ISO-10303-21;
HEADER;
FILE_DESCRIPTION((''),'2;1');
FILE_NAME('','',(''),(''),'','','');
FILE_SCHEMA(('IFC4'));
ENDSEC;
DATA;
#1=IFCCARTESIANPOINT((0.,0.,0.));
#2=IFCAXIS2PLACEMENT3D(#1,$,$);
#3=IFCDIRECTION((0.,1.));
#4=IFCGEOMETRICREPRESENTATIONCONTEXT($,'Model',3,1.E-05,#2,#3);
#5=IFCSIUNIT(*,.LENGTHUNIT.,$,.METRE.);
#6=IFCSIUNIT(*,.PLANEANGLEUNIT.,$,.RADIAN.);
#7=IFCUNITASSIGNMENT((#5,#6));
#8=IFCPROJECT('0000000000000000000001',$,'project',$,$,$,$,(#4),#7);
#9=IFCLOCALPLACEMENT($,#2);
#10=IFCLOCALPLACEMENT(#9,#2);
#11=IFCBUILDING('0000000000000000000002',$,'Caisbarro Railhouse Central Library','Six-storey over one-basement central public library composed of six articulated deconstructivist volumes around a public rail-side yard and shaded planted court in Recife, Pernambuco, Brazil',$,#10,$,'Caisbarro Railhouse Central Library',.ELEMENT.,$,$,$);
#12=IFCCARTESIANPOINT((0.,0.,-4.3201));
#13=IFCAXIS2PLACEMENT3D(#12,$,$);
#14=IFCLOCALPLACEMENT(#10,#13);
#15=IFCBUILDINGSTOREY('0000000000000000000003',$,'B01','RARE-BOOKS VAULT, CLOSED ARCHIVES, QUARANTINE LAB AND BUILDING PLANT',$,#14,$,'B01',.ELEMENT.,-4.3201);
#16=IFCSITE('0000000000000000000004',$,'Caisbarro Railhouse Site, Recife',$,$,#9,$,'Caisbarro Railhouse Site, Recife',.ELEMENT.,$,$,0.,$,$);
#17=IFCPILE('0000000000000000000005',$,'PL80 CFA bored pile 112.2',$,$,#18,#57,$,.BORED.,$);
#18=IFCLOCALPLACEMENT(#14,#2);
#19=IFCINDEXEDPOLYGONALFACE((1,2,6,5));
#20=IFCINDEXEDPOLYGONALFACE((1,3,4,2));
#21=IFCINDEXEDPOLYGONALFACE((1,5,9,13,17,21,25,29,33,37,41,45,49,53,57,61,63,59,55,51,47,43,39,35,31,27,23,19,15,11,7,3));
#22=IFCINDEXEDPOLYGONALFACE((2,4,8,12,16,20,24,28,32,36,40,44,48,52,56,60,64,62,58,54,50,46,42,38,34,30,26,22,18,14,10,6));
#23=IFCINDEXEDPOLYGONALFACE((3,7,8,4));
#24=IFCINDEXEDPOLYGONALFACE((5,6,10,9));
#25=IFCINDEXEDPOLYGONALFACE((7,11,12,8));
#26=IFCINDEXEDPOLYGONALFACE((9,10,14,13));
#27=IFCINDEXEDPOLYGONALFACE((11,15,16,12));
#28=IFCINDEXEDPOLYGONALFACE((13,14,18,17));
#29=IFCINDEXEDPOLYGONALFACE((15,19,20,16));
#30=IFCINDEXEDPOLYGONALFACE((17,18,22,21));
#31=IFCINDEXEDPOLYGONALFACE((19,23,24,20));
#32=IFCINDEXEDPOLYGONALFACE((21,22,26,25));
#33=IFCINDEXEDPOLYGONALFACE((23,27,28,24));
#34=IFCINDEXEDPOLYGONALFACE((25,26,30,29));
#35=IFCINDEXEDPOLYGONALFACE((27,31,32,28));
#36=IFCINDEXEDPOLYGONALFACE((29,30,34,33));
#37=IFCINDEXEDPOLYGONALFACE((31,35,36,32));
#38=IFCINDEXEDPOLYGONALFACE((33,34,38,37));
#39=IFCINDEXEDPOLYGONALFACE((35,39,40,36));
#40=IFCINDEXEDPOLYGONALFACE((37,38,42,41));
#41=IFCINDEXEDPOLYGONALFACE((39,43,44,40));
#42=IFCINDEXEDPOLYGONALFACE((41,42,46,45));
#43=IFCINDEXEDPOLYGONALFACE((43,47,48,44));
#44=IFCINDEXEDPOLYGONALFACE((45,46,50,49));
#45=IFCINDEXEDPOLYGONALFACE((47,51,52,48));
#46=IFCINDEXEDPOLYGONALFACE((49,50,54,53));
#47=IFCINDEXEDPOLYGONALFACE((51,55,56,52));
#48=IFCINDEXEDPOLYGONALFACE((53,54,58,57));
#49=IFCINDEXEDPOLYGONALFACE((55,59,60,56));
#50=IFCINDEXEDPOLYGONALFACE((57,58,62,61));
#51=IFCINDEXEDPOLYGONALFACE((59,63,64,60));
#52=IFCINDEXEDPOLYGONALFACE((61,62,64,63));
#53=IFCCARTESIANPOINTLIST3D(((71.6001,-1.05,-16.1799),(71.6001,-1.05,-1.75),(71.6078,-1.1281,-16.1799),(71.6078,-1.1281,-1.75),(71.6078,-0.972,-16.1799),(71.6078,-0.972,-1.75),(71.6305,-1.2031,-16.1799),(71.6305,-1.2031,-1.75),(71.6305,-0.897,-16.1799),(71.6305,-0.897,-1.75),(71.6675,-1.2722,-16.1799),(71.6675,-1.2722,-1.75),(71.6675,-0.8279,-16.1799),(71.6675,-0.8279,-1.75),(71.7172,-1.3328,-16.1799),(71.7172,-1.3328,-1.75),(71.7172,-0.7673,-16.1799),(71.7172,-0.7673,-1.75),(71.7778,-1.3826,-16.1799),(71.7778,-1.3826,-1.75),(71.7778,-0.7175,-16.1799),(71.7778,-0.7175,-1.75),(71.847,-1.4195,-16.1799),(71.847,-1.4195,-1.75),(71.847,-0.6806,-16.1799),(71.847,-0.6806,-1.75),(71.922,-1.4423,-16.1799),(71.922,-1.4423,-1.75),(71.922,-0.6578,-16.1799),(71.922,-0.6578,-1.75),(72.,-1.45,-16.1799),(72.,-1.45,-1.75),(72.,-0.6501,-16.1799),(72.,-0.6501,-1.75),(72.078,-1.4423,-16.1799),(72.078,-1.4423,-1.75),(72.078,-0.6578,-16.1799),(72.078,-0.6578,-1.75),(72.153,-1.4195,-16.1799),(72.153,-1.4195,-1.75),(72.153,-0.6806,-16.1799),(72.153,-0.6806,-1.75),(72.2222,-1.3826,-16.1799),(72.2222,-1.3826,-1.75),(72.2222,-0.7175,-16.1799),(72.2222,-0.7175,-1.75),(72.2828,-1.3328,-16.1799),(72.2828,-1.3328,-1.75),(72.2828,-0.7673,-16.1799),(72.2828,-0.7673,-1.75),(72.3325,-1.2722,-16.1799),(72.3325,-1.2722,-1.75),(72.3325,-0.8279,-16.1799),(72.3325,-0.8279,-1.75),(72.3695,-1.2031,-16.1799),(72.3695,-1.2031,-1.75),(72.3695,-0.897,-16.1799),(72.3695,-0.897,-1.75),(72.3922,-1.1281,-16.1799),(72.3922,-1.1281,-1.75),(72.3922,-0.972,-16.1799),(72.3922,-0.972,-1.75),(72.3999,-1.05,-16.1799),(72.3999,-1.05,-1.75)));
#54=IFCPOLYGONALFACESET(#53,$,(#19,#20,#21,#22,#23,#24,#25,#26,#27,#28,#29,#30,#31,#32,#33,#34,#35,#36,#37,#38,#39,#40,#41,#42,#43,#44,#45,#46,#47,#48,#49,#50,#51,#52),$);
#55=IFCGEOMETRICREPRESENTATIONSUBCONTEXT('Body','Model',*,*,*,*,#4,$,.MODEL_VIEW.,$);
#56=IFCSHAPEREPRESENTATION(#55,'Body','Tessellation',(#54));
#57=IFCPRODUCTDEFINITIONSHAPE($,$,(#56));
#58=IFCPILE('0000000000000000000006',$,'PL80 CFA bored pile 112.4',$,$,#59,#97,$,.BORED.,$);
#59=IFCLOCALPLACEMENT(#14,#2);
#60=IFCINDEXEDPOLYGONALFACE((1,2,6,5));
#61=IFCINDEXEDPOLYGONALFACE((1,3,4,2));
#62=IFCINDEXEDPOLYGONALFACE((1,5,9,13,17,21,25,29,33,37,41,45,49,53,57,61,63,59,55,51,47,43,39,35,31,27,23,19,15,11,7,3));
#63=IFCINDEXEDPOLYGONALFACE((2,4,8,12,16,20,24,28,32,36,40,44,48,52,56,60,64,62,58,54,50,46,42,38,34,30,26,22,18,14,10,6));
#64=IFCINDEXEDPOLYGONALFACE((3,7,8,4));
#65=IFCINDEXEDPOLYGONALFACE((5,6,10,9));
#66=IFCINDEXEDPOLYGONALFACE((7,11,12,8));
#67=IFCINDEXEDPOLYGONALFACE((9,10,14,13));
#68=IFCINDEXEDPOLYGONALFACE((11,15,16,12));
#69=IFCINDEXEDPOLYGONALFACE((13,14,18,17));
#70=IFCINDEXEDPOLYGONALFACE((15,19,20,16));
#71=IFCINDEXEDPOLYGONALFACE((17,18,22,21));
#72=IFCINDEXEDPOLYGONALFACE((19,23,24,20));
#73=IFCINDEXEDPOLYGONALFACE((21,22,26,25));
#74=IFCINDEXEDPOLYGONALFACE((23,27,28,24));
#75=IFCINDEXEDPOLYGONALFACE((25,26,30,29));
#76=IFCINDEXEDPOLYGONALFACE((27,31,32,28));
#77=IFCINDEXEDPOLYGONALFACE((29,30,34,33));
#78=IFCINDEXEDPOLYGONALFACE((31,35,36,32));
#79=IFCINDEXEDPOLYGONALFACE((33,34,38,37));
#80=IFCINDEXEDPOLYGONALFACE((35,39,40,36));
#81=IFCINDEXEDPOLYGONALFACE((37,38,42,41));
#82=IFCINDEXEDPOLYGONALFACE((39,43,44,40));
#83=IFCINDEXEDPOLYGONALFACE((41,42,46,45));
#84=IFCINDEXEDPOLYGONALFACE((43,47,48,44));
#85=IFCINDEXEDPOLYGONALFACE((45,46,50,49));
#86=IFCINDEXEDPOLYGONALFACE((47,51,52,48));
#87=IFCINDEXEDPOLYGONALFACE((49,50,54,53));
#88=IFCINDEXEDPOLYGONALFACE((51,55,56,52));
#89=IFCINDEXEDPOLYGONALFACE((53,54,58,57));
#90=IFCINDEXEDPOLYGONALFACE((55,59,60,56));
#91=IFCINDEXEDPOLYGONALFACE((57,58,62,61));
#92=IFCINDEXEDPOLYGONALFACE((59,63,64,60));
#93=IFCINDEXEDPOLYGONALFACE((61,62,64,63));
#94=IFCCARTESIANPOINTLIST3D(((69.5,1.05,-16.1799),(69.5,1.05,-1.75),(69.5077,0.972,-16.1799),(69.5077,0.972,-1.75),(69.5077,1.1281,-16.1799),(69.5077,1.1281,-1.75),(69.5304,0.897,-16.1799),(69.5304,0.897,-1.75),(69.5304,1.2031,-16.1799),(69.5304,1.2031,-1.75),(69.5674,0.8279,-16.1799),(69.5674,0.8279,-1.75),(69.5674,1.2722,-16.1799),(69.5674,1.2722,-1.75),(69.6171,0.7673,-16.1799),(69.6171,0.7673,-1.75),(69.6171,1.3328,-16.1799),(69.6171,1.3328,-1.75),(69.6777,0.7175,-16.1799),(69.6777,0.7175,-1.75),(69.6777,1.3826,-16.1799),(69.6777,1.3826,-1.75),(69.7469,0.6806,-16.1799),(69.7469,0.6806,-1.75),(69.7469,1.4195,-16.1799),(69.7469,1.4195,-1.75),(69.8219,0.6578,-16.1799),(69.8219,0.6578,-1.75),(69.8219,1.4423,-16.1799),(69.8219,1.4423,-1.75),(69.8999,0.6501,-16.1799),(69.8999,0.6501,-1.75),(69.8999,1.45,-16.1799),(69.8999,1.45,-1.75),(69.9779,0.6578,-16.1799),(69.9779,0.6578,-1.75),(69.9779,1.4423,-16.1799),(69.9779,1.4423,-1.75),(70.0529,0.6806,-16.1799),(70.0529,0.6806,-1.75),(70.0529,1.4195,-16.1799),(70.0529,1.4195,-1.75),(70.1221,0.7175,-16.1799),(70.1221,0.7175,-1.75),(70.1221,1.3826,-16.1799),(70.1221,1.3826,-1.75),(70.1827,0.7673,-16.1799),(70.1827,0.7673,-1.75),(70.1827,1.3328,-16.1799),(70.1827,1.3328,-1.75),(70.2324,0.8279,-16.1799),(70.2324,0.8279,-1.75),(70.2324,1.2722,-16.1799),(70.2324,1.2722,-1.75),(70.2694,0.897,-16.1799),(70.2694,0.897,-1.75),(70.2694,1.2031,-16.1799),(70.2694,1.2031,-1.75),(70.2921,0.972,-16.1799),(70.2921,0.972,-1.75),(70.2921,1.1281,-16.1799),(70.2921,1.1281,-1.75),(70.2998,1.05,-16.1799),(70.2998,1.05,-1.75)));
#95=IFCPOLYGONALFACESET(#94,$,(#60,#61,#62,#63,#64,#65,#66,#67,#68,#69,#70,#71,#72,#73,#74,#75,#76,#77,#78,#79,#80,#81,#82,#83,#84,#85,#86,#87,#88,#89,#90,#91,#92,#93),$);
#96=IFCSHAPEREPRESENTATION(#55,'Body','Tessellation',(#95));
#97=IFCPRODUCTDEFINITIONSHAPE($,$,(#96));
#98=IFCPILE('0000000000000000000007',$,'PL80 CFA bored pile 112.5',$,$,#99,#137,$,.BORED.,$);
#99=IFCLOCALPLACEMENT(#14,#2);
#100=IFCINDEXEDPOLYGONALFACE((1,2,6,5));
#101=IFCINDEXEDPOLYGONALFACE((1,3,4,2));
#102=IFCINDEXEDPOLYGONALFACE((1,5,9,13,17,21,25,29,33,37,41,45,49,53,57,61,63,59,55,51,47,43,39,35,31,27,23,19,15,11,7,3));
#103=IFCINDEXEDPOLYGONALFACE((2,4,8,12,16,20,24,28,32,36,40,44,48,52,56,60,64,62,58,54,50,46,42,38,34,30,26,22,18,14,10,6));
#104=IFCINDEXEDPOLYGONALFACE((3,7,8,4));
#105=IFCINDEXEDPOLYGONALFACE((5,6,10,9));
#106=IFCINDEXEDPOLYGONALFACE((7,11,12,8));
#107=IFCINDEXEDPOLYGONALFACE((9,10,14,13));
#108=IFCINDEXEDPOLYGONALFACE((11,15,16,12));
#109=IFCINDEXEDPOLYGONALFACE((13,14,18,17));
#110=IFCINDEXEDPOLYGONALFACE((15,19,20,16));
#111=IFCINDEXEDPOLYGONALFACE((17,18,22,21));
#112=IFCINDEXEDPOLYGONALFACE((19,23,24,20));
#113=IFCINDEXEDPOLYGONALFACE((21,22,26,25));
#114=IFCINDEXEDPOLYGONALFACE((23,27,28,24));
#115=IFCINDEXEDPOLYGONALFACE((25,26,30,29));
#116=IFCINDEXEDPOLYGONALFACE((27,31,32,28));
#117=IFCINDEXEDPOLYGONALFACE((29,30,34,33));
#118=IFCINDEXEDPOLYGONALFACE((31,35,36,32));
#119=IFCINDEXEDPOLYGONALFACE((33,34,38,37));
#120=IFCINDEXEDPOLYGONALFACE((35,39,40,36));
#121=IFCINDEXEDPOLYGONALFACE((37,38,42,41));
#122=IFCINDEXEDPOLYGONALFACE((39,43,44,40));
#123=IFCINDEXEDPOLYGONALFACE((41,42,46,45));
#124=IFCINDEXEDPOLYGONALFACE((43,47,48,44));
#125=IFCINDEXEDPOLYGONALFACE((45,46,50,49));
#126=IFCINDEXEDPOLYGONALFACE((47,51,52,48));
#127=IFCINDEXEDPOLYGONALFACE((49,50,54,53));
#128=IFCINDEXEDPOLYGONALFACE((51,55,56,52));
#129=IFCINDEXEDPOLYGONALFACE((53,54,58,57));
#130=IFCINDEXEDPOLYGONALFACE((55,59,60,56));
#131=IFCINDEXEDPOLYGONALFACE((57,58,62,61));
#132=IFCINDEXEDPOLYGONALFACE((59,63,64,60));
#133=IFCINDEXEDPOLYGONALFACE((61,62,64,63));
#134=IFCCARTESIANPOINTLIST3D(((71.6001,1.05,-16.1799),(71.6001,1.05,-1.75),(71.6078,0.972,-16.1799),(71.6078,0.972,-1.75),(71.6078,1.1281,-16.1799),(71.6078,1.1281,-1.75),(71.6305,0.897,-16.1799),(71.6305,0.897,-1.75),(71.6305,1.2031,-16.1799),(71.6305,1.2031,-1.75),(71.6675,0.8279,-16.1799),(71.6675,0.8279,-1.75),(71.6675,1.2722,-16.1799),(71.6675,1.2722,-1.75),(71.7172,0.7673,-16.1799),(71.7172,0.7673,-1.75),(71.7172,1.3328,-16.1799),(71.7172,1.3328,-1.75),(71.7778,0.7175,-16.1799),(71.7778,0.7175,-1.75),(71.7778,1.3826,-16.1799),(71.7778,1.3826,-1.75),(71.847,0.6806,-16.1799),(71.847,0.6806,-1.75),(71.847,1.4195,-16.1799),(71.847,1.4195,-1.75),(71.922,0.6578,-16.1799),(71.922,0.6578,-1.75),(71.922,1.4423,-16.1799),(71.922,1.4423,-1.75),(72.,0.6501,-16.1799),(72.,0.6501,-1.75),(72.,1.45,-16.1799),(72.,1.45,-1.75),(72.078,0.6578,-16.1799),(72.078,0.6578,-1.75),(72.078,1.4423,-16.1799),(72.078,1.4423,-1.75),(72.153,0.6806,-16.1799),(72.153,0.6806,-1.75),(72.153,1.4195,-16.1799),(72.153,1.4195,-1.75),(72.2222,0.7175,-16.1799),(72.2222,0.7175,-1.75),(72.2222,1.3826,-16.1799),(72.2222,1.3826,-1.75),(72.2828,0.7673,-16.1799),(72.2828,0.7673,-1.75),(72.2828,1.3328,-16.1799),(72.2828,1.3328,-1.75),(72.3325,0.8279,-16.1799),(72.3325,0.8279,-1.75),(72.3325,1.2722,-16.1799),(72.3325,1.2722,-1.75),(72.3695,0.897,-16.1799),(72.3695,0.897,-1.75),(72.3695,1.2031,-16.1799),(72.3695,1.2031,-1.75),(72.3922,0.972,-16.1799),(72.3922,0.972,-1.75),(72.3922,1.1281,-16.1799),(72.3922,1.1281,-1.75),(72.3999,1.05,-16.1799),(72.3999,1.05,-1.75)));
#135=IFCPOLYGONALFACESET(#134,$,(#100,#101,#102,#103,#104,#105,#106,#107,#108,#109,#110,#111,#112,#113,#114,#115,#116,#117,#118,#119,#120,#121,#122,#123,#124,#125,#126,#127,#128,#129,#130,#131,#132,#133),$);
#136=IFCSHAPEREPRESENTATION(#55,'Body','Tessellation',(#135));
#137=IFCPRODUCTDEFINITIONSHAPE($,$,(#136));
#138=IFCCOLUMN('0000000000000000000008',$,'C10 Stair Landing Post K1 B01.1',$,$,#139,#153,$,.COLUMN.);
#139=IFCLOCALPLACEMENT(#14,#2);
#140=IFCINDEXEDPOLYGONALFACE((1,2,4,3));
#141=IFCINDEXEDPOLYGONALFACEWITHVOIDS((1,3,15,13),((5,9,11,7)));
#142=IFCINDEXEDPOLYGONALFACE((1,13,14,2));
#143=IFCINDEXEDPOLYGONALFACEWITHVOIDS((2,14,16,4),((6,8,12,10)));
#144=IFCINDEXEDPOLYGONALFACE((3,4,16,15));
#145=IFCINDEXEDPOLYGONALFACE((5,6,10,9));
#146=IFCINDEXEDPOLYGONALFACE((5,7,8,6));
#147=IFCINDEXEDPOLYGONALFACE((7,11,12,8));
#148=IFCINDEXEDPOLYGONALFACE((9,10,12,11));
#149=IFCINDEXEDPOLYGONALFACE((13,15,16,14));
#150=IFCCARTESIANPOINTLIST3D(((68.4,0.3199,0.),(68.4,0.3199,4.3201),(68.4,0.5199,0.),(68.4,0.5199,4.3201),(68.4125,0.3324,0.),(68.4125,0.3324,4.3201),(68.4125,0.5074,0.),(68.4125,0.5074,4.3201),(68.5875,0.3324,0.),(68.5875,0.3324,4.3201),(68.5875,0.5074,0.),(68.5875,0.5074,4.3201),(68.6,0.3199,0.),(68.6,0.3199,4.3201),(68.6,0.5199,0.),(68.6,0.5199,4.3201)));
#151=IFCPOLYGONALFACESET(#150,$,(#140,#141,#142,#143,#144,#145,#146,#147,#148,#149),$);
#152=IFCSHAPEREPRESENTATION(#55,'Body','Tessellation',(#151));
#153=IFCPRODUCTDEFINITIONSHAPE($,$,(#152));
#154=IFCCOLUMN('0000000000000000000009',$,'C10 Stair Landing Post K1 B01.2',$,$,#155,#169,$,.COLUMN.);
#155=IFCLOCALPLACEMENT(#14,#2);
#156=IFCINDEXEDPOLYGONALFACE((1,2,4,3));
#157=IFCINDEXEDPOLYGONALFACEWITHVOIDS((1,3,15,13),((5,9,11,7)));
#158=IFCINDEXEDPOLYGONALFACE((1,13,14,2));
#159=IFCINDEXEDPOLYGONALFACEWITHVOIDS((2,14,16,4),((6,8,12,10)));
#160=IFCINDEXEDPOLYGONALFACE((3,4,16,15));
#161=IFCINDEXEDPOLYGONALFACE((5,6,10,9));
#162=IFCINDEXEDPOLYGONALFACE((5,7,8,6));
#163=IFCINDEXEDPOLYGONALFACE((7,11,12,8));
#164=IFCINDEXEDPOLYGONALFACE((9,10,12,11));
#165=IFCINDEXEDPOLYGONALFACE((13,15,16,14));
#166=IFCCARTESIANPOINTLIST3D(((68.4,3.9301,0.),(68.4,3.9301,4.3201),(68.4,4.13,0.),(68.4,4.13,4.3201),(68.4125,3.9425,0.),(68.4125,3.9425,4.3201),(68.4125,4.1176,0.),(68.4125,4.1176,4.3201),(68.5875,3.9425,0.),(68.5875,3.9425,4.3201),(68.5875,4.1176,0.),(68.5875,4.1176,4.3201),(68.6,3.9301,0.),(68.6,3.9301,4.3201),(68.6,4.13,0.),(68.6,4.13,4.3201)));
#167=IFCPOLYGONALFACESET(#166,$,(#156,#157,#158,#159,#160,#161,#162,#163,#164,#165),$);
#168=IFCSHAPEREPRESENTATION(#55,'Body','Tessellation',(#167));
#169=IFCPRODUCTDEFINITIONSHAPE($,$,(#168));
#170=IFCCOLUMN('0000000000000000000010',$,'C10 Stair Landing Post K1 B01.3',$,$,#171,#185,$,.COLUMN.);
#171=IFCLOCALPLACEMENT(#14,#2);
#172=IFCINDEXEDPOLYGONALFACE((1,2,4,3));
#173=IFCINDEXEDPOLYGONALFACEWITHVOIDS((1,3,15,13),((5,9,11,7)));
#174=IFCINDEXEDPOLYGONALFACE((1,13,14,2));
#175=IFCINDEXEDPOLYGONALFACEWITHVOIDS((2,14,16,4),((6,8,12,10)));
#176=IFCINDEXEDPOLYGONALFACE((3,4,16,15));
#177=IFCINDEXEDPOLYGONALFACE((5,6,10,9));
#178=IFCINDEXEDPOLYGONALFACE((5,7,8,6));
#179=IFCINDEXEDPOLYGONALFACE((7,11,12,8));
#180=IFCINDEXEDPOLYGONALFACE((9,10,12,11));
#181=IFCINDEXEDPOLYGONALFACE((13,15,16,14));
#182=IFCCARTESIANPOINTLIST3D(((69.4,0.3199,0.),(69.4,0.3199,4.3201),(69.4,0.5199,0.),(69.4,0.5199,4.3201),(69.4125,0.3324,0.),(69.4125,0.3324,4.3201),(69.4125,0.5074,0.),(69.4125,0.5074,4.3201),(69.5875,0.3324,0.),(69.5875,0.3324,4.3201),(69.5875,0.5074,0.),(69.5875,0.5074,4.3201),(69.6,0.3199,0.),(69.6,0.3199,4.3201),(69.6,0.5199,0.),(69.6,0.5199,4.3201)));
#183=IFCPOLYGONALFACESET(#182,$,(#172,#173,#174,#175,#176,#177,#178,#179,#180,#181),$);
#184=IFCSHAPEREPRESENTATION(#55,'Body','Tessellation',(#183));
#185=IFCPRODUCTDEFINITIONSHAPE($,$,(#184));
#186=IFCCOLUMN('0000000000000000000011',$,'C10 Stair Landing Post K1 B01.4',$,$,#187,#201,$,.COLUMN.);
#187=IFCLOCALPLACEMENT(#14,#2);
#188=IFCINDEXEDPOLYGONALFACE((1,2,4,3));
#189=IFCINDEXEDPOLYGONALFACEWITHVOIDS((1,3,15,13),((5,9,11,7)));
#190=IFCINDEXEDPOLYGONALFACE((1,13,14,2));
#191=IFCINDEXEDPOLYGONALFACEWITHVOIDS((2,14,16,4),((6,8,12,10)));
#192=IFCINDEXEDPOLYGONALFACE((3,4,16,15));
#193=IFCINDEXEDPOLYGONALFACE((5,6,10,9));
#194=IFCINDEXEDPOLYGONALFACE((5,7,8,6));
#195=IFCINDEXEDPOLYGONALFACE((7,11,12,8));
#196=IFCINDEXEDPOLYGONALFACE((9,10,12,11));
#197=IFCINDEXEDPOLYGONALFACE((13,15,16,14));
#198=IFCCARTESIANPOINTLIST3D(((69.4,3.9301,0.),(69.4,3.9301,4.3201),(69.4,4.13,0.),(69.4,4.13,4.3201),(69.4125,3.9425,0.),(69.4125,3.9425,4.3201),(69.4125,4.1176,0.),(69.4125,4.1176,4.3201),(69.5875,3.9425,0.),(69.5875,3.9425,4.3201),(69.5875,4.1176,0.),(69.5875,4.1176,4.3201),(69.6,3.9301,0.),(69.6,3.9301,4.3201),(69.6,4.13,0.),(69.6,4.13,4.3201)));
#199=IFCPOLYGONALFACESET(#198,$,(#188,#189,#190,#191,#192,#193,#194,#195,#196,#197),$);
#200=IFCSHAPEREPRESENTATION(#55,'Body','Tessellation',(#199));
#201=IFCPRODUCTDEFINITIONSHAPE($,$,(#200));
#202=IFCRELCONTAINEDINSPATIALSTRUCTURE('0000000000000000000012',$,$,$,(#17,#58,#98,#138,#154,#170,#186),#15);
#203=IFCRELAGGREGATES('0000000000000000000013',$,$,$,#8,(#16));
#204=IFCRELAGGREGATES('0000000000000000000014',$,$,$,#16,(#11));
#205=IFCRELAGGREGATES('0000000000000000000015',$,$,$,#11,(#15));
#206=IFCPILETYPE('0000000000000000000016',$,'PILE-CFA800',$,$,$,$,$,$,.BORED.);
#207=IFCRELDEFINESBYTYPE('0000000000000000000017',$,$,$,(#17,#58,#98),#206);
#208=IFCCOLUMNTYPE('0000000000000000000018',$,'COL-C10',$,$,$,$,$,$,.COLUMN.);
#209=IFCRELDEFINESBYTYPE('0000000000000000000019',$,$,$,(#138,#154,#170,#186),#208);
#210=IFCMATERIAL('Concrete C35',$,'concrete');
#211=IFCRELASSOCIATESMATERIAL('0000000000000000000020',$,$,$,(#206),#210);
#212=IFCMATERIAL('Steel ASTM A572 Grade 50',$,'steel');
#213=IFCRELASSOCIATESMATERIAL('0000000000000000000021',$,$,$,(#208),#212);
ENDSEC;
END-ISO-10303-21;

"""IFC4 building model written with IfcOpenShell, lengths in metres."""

from ifc_helpers import new_model, si_unit, direction, frame, origin, origin_2d, place, context, subcontext, project, spatial, hollow_rectangle, circle, extrude, material, material_profile, profile_set, type_object, element, save


model = new_model("IFC4")

# Units and contexts
model_context = context("Model", 3, precision=1e-05, world=origin(), true_north=direction((0.0, 1.0)))
body_context = subcontext(model_context, "Body", "Model", "MODEL_VIEW")
ifc_project = project(units=[si_unit("LENGTHUNIT", "METRE"), si_unit("PLANEANGLEUNIT", "RADIAN")], contexts=[model_context])

# Site, building, storey
site_placement = place(None, origin())
site = spatial("IfcSite", under=ifc_project, at=site_placement, Name="Caisbarro Railhouse Site, Recife", LongName="Caisbarro Railhouse Site, Recife", CompositionType="ELEMENT", RefElevation=0.0)
building_placement = place(site_placement, origin())
building = spatial("IfcBuilding", under=site, at=building_placement, Name="Caisbarro Railhouse Central Library", Description="Six-storey over one-basement central public library composed of six articulated deconstructivist volumes around a public rail-side yard and shaded planted court in Recife, Pernambuco, Brazil", LongName="Caisbarro Railhouse Central Library", CompositionType="ELEMENT")
storey_placement = place(building_placement, frame((0.0, 0.0, -4.3201)))
storey = spatial("IfcBuildingStorey", under=building, at=storey_placement, Name="B01", Description="RARE-BOOKS VAULT, CLOSED ARCHIVES, QUARANTINE LAB AND BUILDING PLANT", LongName="B01", CompositionType="ELEMENT", Elevation=-4.3201)

# Piles
ifc_material_1 = material(Name="Concrete C35", Category="concrete")
ifc_material_profile_1 = material_profile(ifc_material_1, circle(Radius=0.3999, at=origin_2d()), Name="PILE-CFA-800")
ifc_profile_set_1 = profile_set([ifc_material_profile_1], Name="Concrete C35")
pile_type = type_object("IfcPileType", Name="PILE-CFA800", PredefinedType="BORED", material=ifc_profile_set_1)
for number, where, z_axis, x_axis, name in (
    (1, (72.0, -1.05, -1.75), (0.0, 0.0, -1.0), (1.0, 0.0, 0.0), "PL80 CFA bored pile 112.2"),
    (2, (69.8999, 1.05, -1.75), (0.0, 0.0, -1.0), (1.0, 0.0, 0.0), "PL80 CFA bored pile 112.4"),
    (3, (72.0, 1.05, -1.75), (0.0, 0.0, -1.0), (1.0, 0.0, 0.0), "PL80 CFA bored pile 112.5"),
):
    element("IfcPile", number, at=place(storey_placement, frame(where, z_axis=z_axis, x_axis=x_axis)), inside=storey, type_object=pile_type, Name=name, PredefinedType="BORED", context=body_context, shape_type="SweptSolid", body=[
        extrude(circle(Radius=0.3999, at=origin_2d()), origin(), (0.0, 0.0, 1.0), 14.4299),
    ])

# Columns
ifc_material_2 = material(Name="Steel ASTM A572 Grade 50", Category="steel")
ifc_material_profile_2 = material_profile(ifc_material_2, hollow_rectangle(XDim=0.2, YDim=0.2, WallThickness=0.0125, at=origin_2d()), Name="HSS200X200X12.5")
ifc_profile_set_2 = profile_set([ifc_material_profile_2], Name="Steel ASTM A572 Grade 50")
column_type_1 = type_object("IfcColumnType", Name="COL-C10", PredefinedType="COLUMN", material=ifc_profile_set_2)
for number, where, z_axis, x_axis, name in (
    (4, (68.5, 0.4199, 0.0), (0.0, 0.0, 1.0), (1.0, 0.0, 0.0), "C10 Stair Landing Post K1 B01.1"),
    (5, (68.5, 4.03, 0.0), (0.0, 0.0, 1.0), (1.0, 0.0, 0.0), "C10 Stair Landing Post K1 B01.2"),
    (6, (69.5, 0.4199, 0.0), (0.0, 0.0, 1.0), (1.0, 0.0, 0.0), "C10 Stair Landing Post K1 B01.3"),
    (7, (69.5, 4.03, 0.0), (0.0, 0.0, 1.0), (1.0, 0.0, 0.0), "C10 Stair Landing Post K1 B01.4"),
):
    element("IfcColumn", number, at=place(storey_placement, frame(where, z_axis=z_axis, x_axis=x_axis)), inside=storey, type_object=column_type_1, Name=name, PredefinedType="COLUMN", context=body_context, shape_type="SweptSolid", body=[
        extrude(hollow_rectangle(XDim=0.2, YDim=0.2, WallThickness=0.0125, at=origin_2d()), origin(), (0.0, 0.0, 1.0), 4.3201),
    ])

save(model, "model.ifc")
